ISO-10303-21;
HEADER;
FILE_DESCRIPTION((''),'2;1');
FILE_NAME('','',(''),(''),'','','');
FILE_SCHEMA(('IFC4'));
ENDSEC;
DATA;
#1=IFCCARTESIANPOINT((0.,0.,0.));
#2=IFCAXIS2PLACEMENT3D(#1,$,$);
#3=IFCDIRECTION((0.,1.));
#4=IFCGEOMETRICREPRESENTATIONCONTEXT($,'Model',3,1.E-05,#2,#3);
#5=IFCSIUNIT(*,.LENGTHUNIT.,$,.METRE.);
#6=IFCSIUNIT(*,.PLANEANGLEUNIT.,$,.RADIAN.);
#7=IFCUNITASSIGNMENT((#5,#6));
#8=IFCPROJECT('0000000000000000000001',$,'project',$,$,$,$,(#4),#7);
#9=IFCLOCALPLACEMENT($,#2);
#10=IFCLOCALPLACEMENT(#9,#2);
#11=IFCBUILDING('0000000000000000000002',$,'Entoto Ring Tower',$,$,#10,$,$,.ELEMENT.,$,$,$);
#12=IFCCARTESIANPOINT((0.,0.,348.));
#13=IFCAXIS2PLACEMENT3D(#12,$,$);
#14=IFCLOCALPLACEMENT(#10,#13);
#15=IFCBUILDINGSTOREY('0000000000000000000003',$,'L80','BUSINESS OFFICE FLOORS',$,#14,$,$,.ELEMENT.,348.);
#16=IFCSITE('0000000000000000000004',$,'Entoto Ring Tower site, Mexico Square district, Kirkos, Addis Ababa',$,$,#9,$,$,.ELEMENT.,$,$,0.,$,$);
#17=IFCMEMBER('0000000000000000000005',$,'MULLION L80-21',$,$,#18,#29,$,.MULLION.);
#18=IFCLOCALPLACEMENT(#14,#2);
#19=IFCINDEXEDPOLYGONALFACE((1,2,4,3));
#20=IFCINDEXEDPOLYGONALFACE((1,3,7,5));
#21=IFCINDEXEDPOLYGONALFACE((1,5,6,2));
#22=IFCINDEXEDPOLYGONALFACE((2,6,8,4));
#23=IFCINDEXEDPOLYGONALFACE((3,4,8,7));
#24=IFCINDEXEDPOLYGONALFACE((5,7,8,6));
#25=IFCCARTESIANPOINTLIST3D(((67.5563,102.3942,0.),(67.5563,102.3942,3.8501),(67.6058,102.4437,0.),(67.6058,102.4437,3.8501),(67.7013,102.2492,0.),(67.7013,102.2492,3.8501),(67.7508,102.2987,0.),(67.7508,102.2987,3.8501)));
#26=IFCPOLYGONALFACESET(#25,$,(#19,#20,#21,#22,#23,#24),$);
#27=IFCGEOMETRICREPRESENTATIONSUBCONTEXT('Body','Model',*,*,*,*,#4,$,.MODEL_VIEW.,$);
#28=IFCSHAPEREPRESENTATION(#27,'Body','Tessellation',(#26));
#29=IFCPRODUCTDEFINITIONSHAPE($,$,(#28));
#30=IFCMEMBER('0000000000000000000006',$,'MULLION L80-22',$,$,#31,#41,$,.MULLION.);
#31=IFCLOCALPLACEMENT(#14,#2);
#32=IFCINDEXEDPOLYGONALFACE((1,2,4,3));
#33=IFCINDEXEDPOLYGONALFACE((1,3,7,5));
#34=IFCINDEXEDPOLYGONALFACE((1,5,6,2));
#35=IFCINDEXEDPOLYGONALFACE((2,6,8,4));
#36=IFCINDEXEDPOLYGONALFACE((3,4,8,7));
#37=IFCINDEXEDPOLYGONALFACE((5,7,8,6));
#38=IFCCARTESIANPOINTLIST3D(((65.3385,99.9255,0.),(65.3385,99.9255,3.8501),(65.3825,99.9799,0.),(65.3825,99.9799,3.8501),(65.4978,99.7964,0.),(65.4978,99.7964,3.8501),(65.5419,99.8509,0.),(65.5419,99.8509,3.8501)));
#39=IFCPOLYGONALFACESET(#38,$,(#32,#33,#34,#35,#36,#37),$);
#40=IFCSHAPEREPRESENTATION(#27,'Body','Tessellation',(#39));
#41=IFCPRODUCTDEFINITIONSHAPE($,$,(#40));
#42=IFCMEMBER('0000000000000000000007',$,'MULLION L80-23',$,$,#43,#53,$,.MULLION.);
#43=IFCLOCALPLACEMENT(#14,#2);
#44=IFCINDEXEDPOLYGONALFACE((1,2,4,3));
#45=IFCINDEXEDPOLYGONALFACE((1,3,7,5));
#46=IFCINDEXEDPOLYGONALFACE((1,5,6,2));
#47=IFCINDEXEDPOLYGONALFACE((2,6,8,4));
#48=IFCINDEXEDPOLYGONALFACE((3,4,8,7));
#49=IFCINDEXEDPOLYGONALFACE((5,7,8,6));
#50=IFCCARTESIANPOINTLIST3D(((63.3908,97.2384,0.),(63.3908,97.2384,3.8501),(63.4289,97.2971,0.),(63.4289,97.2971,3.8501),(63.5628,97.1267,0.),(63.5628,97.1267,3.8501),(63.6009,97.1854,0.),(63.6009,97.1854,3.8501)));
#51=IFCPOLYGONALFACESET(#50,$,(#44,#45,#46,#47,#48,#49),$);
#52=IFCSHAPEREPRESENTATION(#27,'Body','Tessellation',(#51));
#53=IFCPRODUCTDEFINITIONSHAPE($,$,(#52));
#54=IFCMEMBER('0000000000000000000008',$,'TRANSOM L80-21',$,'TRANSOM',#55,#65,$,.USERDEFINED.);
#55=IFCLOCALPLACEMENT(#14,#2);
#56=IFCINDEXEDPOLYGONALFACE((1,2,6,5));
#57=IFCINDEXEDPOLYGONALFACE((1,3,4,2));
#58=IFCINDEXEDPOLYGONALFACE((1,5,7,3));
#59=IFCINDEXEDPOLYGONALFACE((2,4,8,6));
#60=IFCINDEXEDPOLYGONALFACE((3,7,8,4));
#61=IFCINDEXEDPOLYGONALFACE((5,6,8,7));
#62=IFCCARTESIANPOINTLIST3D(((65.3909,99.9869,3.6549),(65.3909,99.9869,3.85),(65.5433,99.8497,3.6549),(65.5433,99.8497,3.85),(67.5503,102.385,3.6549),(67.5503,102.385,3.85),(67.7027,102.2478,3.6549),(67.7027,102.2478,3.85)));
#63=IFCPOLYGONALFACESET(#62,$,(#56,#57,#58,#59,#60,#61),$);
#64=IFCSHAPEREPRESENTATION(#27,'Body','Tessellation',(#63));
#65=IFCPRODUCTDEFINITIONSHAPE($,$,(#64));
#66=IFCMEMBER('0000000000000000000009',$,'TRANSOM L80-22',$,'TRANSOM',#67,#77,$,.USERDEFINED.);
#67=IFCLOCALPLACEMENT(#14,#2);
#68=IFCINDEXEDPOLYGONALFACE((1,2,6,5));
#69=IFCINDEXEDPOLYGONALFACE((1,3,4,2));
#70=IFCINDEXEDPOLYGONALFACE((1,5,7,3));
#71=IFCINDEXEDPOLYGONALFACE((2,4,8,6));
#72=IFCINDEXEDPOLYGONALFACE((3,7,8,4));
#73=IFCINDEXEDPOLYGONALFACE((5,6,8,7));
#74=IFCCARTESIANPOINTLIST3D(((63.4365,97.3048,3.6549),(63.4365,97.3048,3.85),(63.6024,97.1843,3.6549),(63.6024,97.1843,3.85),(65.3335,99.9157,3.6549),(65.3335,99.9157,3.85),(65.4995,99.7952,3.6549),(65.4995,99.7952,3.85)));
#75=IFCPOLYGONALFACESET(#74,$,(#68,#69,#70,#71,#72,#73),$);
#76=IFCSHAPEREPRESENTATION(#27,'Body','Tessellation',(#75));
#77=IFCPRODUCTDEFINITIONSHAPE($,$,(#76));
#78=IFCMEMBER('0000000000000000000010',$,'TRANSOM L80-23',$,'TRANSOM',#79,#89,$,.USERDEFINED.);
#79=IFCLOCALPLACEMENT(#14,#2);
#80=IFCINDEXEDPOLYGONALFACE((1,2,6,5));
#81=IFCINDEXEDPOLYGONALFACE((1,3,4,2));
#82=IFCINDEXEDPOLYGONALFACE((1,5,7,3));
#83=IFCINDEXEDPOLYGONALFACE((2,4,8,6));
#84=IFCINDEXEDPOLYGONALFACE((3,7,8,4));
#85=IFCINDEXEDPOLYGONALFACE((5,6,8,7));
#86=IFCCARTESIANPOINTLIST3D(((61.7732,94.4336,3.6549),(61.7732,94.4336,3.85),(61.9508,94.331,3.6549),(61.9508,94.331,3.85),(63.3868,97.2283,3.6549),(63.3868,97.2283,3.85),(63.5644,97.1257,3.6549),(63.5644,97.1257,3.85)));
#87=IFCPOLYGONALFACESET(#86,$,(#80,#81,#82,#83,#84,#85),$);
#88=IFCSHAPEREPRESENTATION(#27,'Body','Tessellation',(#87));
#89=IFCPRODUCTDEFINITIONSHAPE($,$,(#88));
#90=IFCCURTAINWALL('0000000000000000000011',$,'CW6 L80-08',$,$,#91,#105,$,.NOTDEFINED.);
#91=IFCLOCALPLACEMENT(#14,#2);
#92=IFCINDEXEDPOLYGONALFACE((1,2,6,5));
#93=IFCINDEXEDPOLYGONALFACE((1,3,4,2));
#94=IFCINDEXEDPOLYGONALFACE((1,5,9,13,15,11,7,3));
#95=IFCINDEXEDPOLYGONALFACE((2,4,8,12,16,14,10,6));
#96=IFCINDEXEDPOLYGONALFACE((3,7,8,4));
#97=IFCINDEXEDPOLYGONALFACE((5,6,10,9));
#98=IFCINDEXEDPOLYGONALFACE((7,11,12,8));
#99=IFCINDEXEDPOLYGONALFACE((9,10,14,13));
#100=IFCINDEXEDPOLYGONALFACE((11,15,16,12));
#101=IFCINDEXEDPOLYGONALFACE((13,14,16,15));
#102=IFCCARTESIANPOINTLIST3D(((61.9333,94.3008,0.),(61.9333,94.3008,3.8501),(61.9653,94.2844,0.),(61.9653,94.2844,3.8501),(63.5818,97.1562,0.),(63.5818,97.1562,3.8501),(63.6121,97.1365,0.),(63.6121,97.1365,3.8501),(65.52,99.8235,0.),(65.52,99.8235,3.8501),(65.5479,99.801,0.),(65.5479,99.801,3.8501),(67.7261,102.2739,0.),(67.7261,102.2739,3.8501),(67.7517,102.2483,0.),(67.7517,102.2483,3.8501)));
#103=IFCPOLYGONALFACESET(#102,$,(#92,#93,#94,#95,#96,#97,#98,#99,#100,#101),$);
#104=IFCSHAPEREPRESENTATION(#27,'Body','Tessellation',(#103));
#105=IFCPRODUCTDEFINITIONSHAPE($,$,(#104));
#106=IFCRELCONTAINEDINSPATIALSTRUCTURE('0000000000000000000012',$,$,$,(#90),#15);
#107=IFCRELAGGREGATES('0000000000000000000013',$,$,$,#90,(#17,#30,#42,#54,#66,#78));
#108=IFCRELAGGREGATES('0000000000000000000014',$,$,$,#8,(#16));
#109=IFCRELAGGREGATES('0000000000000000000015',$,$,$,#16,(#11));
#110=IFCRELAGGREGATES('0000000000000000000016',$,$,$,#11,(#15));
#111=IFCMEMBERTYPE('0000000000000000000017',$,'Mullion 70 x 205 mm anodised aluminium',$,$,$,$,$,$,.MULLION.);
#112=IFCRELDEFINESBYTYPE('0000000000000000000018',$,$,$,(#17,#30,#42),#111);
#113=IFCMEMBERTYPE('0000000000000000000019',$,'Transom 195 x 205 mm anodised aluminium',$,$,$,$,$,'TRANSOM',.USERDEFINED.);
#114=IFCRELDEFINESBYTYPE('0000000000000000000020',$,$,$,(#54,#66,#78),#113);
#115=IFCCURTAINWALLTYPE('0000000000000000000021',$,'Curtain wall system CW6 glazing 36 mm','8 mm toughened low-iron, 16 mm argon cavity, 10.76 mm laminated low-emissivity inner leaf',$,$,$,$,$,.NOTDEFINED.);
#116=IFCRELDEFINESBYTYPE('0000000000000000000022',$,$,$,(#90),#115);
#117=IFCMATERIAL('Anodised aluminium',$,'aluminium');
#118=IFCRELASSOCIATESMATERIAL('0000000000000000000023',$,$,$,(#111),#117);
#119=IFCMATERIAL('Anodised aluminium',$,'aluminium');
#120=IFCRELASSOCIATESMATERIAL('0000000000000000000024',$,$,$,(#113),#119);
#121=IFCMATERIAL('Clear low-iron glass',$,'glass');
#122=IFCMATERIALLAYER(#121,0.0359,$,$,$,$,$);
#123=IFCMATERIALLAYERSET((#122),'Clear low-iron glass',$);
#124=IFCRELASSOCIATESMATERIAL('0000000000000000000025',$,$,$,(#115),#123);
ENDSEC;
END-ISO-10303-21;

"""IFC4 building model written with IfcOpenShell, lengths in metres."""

from ifc_helpers import new_model, si_unit, direction, frame, origin, origin_2d, place, context, subcontext, project, spatial, polyline, rectangle, outline, extrude, material, layer, layer_set, material_profile, profile_set, type_object, element, aggregate, save


model = new_model("IFC4")

# Units and contexts
model_context = context("Model", 3, precision=1e-05, world=origin(), true_north=direction((0.0, 1.0)))
body_context = subcontext(model_context, "Body", "Model", "MODEL_VIEW")
ifc_project = project(units=[si_unit("LENGTHUNIT", "METRE"), si_unit("PLANEANGLEUNIT", "RADIAN")], contexts=[model_context])

# Members
ifc_material_1 = material(Name="Anodised aluminium", Category="aluminium")
ifc_material_profile_1 = material_profile(ifc_material_1, rectangle(XDim=0.0701, YDim=0.2051, at=origin_2d()), Name="Mullion 70 x 205 mm anodised aluminium")
ifc_profile_set_1 = profile_set([ifc_material_profile_1], Name="Anodised aluminium")
member_type_1 = type_object("IfcMemberType", Name="Mullion 70 x 205 mm anodised aluminium", PredefinedType="MULLION", material=ifc_profile_set_1)
site_placement = place(None, origin())
building_placement = place(site_placement, origin())
storey_placement = place(building_placement, frame((0.0, 0.0, 348.0)))
member_1_placement = place(storey_placement, frame((67.6536, 102.3464, 0.0), z_axis=(0.0, 0.0, 1.0), x_axis=(-0.707107, -0.707107, 0.0)))
member_1 = element("IfcMember", 1, at=member_1_placement, type_object=member_type_1, Name="MULLION L80-21", PredefinedType="MULLION", context=body_context, shape_type="SweptSolid", body=[
    extrude(rectangle(XDim=0.0701, YDim=0.2051, at=origin_2d()), origin(), (0.0, 0.0, 1.0), 3.8501),
])
member_2_placement = place(storey_placement, frame((65.4402, 99.8882, 0.0), z_axis=(0.0, 0.0, 1.0), x_axis=(-0.62932, -0.777146, 0.0)))
member_2 = element("IfcMember", 2, at=member_2_placement, type_object=member_type_1, Name="MULLION L80-22", PredefinedType="MULLION", context=body_context, shape_type="SweptSolid", body=[
    extrude(rectangle(XDim=0.0701, YDim=0.2051, at=origin_2d()), origin(), (0.0, 0.0, 1.0), 3.8501),
])
member_3_placement = place(storey_placement, frame((63.4958, 97.2119, 0.0), z_axis=(0.0, 0.0, 1.0), x_axis=(-0.544639, -0.838671, 0.0)))
member_3 = element("IfcMember", 3, at=member_3_placement, type_object=member_type_1, Name="MULLION L80-23", PredefinedType="MULLION", context=body_context, shape_type="SweptSolid", body=[
    extrude(rectangle(XDim=0.0701, YDim=0.2051, at=origin_2d()), origin(), (0.0, 0.0, 1.0), 3.8501),
])
ifc_material_2 = material(Name="Anodised aluminium", Category="aluminium")
ifc_material_profile_2 = material_profile(ifc_material_2, rectangle(XDim=0.2051, YDim=0.1951, at=origin_2d()), Name="Transom 195 x 205 mm anodised aluminium")
ifc_profile_set_2 = profile_set([ifc_material_profile_2], Name="Anodised aluminium")
member_type_2 = type_object("IfcMemberType", Name="Transom 195 x 205 mm anodised aluminium", ElementType="TRANSOM", PredefinedType="USERDEFINED", material=ifc_profile_set_2)
member_4_placement = place(storey_placement, frame((67.6265, 102.3164, 3.7524), z_axis=(-0.669144, -0.743132, 0.0), x_axis=(0.743132, -0.669144, 0.0)))
member_4 = element("IfcMember", 4, at=member_4_placement, type_object=member_type_2, Name="TRANSOM L80-21", ObjectType="TRANSOM", PredefinedType="USERDEFINED", context=body_context, shape_type="SweptSolid", body=[
    extrude(rectangle(XDim=0.2051, YDim=0.1951, at=origin_2d()), origin(), (0.0, 0.0, 1.0), 3.2271),
])
member_5_placement = place(storey_placement, frame((65.4165, 99.8555, 3.7524), z_axis=(-0.587803, -0.809004, 0.0), x_axis=(0.809004, -0.587803, 0.0)))
member_5 = element("IfcMember", 5, at=member_5_placement, type_object=member_type_2, Name="TRANSOM L80-22", ObjectType="TRANSOM", PredefinedType="USERDEFINED", context=body_context, shape_type="SweptSolid", body=[
    extrude(rectangle(XDim=0.2051, YDim=0.1951, at=origin_2d()), origin(), (0.0, 0.0, 1.0), 3.2273),
])
member_6_placement = place(storey_placement, frame((63.4756, 97.177, 3.7524), z_axis=(-0.500004, -0.866023, 0.0), x_axis=(0.866023, -0.500004, 0.0)))
member_6 = element("IfcMember", 6, at=member_6_placement, type_object=member_type_2, Name="TRANSOM L80-23", ObjectType="TRANSOM", PredefinedType="USERDEFINED", context=body_context, shape_type="SweptSolid", body=[
    extrude(rectangle(XDim=0.2051, YDim=0.1951, at=origin_2d()), origin(), (0.0, 0.0, 1.0), 3.2271),
])

# Site, building, storey
site = spatial("IfcSite", under=ifc_project, at=site_placement, Name="Entoto Ring Tower site, Mexico Square district, Kirkos, Addis Ababa", CompositionType="ELEMENT", RefElevation=0.0)
building = spatial("IfcBuilding", under=site, at=building_placement, Name="Entoto Ring Tower", CompositionType="ELEMENT")
storey = spatial("IfcBuildingStorey", under=building, at=storey_placement, Name="L80", Description="BUSINESS OFFICE FLOORS", CompositionType="ELEMENT", Elevation=348.0)

# Curtain wall
ifc_material_3 = material(Name="Clear low-iron glass", Category="glass")
ifc_layer = layer(ifc_material_3, 0.0359)
ifc_layer_set = layer_set([ifc_layer], Name="Clear low-iron glass")
curtain_wall_type = type_object("IfcCurtainWallType", Name="Curtain wall system CW6 glazing 36 mm", Description="8 mm toughened low-iron, 16 mm argon cavity, 10.76 mm laminated low-emissivity inner leaf", PredefinedType="NOTDEFINED", material=ifc_layer_set)
curtain_wall_1_placement = place(storey_placement, origin())
curtain_wall_1 = element("IfcCurtainWall", 7, at=curtain_wall_1_placement, inside=storey, type_object=curtain_wall_type, Name="CW6 L80-08", PredefinedType="NOTDEFINED", context=body_context, shape_type="SweptSolid", body=[
    extrude(outline(polyline([(67.7261, 102.2739), (65.52, 99.8235), (63.5818, 97.1562), (61.9333, 94.3008), (61.9653, 94.2844), (63.6121, 97.1365), (65.5479, 99.801), (67.7517, 102.2483), (67.7261, 102.2739)])), origin(), (0.0, 0.0, 1.0), 3.8501),
])
aggregate(curtain_wall_1, [member_1, member_2, member_3, member_4, member_5, member_6])

save(model, "model.ifc")
